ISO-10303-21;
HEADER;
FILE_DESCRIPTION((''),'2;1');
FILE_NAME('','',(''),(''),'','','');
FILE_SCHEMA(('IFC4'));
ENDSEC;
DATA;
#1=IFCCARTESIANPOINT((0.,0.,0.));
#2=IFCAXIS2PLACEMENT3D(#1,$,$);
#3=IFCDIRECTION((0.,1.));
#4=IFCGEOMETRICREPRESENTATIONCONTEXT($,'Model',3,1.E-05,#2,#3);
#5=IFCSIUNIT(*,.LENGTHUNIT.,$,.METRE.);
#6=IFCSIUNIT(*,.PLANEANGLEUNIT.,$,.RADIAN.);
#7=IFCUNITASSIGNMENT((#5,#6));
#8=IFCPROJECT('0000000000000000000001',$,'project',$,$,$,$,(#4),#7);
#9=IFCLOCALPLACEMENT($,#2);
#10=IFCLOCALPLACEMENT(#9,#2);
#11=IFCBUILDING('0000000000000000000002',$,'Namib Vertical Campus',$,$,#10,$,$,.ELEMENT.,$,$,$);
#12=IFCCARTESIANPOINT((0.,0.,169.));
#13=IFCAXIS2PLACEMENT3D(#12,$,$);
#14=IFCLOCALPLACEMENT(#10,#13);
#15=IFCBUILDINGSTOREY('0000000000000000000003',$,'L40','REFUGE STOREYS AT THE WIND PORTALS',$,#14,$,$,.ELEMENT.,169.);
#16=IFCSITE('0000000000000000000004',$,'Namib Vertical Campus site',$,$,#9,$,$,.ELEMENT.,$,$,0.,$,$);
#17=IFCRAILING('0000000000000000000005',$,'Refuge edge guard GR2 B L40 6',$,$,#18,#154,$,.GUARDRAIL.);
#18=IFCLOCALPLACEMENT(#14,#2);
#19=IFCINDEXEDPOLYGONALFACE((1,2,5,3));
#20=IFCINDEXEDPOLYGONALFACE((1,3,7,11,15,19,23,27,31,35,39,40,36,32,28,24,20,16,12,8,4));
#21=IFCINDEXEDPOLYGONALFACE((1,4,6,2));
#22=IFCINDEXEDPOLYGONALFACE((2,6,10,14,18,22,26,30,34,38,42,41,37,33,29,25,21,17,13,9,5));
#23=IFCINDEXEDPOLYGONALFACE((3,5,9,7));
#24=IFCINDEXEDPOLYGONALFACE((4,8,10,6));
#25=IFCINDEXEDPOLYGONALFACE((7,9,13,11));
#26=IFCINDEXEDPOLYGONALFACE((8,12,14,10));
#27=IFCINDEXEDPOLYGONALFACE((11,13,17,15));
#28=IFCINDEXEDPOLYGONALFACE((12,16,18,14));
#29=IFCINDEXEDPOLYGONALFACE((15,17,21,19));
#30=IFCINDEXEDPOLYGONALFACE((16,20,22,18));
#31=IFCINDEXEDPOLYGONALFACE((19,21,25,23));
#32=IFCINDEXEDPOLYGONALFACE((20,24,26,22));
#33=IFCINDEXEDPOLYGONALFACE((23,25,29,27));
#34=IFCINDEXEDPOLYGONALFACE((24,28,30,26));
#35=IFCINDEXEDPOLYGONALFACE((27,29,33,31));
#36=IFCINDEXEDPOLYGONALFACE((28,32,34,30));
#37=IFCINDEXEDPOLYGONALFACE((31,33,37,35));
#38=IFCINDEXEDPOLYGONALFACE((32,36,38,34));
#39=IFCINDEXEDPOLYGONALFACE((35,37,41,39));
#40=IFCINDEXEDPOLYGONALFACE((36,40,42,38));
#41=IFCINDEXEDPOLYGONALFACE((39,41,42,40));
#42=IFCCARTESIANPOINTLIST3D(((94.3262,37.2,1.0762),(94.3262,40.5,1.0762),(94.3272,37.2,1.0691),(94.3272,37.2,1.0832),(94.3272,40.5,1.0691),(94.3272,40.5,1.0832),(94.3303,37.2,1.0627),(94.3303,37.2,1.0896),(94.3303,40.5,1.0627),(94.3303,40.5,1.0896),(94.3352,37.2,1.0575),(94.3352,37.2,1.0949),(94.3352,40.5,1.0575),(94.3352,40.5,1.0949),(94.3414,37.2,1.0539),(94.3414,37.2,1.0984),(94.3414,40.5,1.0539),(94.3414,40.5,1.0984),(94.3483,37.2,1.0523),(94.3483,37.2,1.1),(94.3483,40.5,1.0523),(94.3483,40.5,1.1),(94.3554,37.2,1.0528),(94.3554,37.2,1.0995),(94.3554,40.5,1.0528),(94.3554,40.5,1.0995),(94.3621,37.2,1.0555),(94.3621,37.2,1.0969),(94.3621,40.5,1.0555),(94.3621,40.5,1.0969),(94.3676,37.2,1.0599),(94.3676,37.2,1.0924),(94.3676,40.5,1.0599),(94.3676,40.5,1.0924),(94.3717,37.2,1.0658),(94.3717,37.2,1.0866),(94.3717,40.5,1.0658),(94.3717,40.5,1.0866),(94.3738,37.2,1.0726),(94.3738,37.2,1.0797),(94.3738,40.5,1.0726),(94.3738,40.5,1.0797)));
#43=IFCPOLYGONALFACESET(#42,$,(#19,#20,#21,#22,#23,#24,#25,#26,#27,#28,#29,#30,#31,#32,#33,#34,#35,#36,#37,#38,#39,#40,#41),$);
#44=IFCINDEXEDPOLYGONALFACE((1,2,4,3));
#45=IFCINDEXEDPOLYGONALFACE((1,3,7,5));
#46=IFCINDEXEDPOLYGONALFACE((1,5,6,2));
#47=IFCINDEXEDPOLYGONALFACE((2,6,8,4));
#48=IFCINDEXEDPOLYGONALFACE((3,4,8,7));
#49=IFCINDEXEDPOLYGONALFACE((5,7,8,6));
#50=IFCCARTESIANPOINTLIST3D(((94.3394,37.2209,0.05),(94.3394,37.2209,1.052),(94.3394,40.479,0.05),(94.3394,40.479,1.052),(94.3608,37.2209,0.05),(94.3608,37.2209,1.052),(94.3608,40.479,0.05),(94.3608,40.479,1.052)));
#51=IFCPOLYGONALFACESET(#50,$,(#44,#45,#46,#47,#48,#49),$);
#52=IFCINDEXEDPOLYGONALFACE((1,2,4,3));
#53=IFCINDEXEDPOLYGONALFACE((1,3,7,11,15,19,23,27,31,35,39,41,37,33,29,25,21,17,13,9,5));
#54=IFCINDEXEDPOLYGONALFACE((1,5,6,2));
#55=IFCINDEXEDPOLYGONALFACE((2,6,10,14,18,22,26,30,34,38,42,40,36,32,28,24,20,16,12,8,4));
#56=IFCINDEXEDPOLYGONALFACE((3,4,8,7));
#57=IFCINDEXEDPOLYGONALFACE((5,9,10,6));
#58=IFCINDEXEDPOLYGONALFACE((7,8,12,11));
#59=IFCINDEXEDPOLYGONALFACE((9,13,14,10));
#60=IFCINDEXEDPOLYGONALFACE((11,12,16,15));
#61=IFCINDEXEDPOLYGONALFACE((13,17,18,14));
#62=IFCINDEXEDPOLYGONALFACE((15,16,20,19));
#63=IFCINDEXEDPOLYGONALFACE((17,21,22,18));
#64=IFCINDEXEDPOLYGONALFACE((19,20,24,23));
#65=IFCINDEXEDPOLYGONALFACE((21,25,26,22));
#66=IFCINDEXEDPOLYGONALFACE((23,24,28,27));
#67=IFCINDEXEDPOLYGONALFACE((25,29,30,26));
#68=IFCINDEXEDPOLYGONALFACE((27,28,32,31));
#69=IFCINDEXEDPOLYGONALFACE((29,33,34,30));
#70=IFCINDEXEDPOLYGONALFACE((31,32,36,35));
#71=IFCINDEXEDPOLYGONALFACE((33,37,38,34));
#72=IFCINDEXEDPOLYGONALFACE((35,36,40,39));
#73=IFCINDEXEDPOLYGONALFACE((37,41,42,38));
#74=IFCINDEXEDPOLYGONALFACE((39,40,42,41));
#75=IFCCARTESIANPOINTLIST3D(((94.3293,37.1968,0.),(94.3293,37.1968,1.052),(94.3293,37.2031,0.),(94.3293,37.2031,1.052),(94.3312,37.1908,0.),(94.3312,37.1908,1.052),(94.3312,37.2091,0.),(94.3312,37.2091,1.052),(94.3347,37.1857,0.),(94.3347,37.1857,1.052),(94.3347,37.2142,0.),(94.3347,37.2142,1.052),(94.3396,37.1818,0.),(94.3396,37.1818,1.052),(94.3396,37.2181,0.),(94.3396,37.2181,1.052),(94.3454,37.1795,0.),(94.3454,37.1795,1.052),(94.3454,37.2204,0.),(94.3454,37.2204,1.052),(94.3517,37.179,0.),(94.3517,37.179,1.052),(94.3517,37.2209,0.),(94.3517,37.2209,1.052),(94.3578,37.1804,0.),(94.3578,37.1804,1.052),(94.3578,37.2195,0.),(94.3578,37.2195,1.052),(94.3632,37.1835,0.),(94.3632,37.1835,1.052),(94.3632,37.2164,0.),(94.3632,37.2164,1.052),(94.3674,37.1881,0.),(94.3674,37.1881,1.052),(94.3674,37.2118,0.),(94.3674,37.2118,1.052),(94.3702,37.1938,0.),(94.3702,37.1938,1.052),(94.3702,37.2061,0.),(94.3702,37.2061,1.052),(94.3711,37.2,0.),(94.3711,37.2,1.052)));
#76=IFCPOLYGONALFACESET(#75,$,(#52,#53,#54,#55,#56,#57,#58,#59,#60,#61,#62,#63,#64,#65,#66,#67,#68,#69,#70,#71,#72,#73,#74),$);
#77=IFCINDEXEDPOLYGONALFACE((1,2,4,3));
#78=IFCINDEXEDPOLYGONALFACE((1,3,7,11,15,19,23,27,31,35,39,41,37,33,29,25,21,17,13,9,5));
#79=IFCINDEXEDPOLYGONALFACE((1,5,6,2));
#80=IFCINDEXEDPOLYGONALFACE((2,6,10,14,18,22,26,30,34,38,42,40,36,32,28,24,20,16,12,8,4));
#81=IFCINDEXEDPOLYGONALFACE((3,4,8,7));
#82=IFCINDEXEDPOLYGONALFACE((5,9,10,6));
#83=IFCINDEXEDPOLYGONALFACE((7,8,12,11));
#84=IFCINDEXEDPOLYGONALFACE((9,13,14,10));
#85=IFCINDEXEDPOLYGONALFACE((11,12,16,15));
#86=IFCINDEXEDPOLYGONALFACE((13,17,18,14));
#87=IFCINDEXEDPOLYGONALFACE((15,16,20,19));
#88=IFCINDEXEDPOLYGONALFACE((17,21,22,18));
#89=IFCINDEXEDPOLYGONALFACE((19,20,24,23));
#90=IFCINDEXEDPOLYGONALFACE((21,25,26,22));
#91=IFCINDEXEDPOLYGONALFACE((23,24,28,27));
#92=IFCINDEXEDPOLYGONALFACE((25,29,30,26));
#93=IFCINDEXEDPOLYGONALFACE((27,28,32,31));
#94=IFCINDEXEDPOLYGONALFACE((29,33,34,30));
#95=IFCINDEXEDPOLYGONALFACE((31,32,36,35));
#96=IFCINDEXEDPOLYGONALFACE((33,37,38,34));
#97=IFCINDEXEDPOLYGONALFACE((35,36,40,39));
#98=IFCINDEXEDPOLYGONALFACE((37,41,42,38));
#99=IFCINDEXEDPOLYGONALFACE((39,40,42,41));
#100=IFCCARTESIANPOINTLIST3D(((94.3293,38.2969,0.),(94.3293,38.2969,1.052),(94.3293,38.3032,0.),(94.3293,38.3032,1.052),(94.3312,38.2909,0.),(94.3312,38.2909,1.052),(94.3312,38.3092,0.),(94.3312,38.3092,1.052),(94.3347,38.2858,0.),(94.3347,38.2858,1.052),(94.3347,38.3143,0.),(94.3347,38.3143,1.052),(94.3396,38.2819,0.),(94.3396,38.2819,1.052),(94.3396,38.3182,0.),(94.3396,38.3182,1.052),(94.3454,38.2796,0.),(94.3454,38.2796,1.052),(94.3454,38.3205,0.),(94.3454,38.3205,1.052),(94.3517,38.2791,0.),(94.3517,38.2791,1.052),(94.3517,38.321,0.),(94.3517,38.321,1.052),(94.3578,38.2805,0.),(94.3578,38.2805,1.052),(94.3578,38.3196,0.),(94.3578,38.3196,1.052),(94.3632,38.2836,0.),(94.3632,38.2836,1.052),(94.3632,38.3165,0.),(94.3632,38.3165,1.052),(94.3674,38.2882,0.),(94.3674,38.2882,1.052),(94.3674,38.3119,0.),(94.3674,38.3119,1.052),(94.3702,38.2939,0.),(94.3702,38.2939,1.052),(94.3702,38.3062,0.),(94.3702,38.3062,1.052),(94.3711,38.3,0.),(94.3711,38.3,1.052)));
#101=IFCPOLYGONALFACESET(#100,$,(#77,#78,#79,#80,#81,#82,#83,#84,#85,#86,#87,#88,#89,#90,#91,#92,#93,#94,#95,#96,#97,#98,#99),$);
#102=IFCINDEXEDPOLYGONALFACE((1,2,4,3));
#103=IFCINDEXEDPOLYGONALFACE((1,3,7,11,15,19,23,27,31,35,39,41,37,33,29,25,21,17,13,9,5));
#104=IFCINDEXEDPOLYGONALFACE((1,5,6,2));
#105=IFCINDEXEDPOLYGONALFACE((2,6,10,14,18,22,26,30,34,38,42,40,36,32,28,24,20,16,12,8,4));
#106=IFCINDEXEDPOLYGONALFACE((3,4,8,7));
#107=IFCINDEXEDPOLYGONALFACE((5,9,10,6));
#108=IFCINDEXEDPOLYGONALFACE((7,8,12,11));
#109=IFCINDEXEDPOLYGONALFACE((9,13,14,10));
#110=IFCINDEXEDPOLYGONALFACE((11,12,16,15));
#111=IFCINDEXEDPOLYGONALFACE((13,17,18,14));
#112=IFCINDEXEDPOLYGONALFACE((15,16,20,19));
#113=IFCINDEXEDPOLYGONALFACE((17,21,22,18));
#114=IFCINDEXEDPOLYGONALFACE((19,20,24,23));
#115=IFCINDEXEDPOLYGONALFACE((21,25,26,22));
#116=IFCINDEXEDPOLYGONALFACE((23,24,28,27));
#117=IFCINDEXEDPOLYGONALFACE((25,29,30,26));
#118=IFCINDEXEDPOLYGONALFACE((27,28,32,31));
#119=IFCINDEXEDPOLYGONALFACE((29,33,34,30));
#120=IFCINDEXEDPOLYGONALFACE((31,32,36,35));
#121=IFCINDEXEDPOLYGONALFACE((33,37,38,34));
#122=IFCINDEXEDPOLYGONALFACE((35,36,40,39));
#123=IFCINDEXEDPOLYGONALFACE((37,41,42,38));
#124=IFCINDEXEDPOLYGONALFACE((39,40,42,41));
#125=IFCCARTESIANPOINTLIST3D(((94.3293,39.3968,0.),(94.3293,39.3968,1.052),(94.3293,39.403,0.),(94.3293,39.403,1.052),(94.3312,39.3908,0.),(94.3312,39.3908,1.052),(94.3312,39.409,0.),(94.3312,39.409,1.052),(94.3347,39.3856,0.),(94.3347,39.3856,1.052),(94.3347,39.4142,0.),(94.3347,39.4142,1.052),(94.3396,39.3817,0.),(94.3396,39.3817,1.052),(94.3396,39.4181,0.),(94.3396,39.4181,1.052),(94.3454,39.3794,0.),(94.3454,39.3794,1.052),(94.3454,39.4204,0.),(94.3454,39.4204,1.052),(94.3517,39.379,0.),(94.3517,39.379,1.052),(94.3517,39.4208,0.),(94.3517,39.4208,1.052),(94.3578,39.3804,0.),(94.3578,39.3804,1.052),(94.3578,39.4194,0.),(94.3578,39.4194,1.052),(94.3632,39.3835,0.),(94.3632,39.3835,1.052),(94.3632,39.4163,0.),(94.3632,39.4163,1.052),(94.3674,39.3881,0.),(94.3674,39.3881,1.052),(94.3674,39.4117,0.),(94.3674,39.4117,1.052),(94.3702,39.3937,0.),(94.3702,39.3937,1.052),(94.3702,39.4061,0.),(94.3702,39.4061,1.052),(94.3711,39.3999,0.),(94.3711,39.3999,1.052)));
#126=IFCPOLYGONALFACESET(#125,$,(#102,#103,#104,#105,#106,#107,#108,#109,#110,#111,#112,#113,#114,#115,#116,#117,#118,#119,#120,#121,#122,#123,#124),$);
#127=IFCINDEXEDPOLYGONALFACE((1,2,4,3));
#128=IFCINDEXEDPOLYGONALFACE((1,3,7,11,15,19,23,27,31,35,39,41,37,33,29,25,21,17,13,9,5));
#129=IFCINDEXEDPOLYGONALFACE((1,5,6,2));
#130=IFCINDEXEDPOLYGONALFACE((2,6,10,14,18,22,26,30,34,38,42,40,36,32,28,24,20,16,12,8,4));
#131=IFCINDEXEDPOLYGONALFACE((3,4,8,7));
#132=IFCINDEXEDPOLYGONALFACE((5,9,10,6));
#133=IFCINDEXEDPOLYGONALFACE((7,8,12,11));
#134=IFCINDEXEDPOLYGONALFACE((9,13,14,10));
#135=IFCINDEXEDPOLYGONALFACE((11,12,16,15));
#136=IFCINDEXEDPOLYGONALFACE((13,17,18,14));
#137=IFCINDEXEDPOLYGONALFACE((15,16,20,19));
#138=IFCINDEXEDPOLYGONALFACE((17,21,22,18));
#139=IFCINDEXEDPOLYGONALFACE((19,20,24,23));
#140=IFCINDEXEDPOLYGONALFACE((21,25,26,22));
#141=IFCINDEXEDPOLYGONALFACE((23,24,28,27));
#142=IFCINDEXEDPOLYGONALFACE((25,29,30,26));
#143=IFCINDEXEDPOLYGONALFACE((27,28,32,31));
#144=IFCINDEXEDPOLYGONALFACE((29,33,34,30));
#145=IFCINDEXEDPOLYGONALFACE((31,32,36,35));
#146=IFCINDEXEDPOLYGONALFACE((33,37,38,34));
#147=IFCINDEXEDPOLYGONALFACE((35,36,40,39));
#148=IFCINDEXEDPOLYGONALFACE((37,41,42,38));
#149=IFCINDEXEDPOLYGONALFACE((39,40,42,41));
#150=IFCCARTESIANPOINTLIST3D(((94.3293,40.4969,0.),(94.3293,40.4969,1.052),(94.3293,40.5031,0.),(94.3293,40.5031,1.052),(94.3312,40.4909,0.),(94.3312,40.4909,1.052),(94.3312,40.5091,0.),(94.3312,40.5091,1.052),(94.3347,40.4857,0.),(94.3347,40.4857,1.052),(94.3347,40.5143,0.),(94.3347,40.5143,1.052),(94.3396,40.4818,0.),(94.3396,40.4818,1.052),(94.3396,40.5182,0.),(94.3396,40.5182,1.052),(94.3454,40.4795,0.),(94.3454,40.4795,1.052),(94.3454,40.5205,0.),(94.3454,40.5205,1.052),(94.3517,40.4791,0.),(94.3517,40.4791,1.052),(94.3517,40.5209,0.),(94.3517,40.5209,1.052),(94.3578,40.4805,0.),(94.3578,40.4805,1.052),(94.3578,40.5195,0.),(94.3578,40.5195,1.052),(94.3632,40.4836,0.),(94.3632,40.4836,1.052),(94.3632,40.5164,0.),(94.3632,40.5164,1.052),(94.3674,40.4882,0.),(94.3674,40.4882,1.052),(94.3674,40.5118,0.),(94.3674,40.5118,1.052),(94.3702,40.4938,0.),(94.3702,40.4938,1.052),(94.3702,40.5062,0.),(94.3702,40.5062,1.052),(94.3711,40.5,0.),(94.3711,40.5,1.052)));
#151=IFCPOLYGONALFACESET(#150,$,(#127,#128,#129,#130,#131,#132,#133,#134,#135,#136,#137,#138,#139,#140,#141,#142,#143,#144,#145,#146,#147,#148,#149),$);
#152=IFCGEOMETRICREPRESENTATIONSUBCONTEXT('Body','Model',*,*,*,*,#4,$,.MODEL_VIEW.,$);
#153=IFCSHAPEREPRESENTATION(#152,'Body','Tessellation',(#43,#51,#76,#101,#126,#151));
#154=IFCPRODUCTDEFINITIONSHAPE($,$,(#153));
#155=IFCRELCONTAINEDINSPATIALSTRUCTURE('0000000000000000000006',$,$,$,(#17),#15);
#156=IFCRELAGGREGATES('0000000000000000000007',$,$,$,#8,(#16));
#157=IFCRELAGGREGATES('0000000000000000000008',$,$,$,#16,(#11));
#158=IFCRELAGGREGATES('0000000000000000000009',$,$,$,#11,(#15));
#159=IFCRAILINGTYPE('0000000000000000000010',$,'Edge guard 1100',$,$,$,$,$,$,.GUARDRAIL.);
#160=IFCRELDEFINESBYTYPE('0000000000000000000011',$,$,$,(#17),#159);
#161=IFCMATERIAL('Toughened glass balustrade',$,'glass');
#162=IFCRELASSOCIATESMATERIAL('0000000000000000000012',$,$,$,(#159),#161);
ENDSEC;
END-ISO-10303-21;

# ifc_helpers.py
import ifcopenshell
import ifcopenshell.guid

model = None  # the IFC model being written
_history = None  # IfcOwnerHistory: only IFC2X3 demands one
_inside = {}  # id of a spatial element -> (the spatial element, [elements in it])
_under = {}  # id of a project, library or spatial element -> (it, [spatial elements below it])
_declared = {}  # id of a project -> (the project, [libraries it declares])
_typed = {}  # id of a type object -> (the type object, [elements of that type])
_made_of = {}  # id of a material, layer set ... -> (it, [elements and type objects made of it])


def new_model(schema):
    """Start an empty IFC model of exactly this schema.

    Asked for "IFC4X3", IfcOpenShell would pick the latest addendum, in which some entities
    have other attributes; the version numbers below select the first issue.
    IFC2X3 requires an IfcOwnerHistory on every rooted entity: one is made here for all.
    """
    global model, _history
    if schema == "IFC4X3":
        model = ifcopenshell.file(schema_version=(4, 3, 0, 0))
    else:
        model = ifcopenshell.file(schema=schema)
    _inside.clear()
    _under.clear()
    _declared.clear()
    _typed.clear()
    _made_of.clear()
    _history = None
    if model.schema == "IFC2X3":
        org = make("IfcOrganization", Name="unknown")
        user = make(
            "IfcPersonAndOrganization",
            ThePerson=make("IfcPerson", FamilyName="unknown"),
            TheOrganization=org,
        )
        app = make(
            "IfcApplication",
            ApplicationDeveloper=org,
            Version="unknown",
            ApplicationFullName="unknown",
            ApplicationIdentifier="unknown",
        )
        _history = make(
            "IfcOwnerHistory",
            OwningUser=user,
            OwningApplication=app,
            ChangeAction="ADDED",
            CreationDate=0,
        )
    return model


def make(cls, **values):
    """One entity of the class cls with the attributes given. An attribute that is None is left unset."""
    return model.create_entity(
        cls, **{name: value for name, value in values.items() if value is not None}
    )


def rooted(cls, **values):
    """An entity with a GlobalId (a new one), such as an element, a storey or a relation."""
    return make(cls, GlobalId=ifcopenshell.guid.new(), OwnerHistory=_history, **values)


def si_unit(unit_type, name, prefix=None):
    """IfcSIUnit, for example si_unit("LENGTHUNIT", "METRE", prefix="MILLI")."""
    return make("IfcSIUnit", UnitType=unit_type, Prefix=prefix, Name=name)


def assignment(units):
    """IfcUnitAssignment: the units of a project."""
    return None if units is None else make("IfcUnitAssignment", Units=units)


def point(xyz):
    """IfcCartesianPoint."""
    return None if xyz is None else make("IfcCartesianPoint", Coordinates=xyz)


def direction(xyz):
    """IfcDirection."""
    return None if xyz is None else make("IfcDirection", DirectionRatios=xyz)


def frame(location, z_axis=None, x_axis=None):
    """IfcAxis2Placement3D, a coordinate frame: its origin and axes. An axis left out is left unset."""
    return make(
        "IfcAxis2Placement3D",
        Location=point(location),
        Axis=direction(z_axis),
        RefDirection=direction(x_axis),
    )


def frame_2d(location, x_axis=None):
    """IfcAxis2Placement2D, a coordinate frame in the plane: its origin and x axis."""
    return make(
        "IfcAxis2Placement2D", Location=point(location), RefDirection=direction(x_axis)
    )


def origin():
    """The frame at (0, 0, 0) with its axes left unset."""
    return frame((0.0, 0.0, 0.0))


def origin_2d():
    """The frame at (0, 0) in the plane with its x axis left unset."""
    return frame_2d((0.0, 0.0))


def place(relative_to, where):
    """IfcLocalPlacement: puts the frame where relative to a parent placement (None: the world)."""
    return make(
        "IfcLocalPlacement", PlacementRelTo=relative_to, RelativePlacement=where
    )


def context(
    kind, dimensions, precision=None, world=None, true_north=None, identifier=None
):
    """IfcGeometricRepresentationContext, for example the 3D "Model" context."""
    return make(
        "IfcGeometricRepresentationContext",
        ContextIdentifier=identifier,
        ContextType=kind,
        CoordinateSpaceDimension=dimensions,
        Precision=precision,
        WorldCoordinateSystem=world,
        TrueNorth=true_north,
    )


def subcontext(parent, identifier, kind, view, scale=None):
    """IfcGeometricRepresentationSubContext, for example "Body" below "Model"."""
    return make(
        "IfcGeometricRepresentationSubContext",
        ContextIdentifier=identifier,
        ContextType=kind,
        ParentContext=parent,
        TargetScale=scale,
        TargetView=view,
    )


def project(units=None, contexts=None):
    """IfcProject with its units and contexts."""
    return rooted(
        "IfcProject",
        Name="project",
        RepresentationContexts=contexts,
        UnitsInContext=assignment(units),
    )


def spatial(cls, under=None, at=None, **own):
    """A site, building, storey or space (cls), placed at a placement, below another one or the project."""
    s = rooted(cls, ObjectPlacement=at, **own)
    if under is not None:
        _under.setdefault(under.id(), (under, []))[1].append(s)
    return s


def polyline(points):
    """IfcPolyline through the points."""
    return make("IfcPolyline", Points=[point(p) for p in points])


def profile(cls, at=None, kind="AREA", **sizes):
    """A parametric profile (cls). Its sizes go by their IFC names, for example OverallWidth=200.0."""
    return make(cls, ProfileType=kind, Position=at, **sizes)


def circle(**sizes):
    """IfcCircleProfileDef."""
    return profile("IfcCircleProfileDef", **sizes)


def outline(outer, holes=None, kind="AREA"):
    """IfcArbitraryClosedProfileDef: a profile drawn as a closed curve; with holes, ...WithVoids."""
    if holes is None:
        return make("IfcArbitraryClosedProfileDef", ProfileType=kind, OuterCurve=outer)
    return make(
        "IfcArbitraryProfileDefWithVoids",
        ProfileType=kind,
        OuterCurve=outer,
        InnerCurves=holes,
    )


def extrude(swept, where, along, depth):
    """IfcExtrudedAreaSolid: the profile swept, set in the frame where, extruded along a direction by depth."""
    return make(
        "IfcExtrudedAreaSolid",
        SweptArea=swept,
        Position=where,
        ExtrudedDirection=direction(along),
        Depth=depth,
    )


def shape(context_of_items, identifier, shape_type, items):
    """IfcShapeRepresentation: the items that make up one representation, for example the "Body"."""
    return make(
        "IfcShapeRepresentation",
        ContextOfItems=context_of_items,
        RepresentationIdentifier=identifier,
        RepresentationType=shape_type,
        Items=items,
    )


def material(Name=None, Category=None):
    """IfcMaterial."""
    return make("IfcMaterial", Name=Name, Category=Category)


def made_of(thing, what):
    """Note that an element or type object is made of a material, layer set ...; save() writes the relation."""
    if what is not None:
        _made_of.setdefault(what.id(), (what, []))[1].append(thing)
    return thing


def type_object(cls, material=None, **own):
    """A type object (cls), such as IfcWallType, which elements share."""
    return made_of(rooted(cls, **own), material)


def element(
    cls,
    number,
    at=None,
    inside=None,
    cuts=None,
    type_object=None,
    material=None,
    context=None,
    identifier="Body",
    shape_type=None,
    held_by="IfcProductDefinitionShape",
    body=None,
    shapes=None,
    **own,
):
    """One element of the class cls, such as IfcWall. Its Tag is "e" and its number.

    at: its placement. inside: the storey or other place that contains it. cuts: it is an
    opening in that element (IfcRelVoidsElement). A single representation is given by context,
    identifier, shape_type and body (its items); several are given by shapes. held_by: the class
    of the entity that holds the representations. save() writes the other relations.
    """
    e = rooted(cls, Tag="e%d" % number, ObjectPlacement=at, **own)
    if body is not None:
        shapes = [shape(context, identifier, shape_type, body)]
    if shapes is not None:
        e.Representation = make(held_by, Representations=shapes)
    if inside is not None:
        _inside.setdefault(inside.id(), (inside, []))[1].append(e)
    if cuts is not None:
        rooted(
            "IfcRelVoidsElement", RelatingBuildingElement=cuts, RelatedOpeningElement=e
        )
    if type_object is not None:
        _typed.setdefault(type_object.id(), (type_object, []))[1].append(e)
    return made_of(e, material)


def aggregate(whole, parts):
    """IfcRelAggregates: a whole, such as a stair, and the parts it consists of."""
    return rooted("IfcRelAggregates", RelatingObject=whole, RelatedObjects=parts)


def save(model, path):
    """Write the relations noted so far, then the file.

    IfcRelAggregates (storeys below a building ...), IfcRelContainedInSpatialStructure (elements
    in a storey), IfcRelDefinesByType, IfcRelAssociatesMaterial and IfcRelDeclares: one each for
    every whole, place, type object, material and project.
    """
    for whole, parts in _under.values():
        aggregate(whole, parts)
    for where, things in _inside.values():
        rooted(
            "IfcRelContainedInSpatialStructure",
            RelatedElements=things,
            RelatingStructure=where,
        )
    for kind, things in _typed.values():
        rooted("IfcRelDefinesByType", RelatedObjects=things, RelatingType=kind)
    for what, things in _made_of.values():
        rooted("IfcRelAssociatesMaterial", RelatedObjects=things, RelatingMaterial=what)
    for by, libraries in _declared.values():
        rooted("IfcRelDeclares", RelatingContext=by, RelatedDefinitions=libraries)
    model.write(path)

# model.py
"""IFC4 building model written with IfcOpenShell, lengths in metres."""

from ifc_helpers import new_model, si_unit, direction, frame, origin, origin_2d, place, context, subcontext, project, spatial, polyline, circle, outline, extrude, material, type_object, element, save


model = new_model("IFC4")

# Units and contexts
model_context = context("Model", 3, precision=1e-05, world=origin(), true_north=direction((0.0, 1.0)))
body_context = subcontext(model_context, "Body", "Model", "MODEL_VIEW")
ifc_project = project(units=[si_unit("LENGTHUNIT", "METRE"), si_unit("PLANEANGLEUNIT", "RADIAN")], contexts=[model_context])

# Site, building, storey
site_placement = place(None, origin())
site = spatial("IfcSite", under=ifc_project, at=site_placement, Name="Namib Vertical Campus site", CompositionType="ELEMENT", RefElevation=0.0)
building_placement = place(site_placement, origin())
building = spatial("IfcBuilding", under=site, at=building_placement, Name="Namib Vertical Campus", CompositionType="ELEMENT")
storey_placement = place(building_placement, frame((0.0, 0.0, 169.0)))
storey = spatial("IfcBuildingStorey", under=building, at=storey_placement, Name="L40", Description="REFUGE STOREYS AT THE WIND PORTALS", CompositionType="ELEMENT", Elevation=169.0)

# Railing
ifc_material_1 = material(Name="Toughened glass balustrade", Category="glass")
railing_type_1 = type_object("IfcRailingType", Name="Edge guard 1100", PredefinedType="GUARDRAIL", material=ifc_material_1)
railing_1_placement = place(storey_placement, frame((94.3501, 37.2, 0.0)))
element("IfcRailing", 1, at=railing_1_placement, inside=storey, type_object=railing_type_1, Name="Refuge edge guard GR2 B L40 6", PredefinedType="GUARDRAIL", context=body_context, shape_type="SweptSolid", body=[
    extrude(circle(Radius=0.0239, at=origin_2d()), frame((0.0, 0.0, 1.0762), z_axis=(0.0, 1.0, 0.0), x_axis=(-1.0, 0.0, 0.0)), (0.0, 0.0, 1.0), 3.3),
    extrude(outline(polyline([(0.021, 0.05), (3.2791, 0.05), (3.2791, 1.052), (0.021, 1.052), (0.021, 0.05)])), frame((-0.0107, 0.0, 0.0), z_axis=(1.0, 0.0, 0.0), x_axis=(0.0, 1.0, 0.0)), (0.0, 0.0, 1.0), 0.0215),
    extrude(circle(Radius=0.021, at=origin_2d()), origin(), (0.0, 0.0, 1.0), 1.052),
    extrude(circle(Radius=0.021, at=origin_2d()), frame((0.0, 1.1001, 0.0)), (0.0, 0.0, 1.0), 1.052),
    extrude(circle(Radius=0.021, at=origin_2d()), frame((0.0, 2.2, 0.0)), (0.0, 0.0, 1.0), 1.052),
    extrude(circle(Radius=0.021, at=origin_2d()), frame((0.0, 3.3, 0.0)), (0.0, 0.0, 1.0), 1.052),
])

save(model, "model.ifc")
